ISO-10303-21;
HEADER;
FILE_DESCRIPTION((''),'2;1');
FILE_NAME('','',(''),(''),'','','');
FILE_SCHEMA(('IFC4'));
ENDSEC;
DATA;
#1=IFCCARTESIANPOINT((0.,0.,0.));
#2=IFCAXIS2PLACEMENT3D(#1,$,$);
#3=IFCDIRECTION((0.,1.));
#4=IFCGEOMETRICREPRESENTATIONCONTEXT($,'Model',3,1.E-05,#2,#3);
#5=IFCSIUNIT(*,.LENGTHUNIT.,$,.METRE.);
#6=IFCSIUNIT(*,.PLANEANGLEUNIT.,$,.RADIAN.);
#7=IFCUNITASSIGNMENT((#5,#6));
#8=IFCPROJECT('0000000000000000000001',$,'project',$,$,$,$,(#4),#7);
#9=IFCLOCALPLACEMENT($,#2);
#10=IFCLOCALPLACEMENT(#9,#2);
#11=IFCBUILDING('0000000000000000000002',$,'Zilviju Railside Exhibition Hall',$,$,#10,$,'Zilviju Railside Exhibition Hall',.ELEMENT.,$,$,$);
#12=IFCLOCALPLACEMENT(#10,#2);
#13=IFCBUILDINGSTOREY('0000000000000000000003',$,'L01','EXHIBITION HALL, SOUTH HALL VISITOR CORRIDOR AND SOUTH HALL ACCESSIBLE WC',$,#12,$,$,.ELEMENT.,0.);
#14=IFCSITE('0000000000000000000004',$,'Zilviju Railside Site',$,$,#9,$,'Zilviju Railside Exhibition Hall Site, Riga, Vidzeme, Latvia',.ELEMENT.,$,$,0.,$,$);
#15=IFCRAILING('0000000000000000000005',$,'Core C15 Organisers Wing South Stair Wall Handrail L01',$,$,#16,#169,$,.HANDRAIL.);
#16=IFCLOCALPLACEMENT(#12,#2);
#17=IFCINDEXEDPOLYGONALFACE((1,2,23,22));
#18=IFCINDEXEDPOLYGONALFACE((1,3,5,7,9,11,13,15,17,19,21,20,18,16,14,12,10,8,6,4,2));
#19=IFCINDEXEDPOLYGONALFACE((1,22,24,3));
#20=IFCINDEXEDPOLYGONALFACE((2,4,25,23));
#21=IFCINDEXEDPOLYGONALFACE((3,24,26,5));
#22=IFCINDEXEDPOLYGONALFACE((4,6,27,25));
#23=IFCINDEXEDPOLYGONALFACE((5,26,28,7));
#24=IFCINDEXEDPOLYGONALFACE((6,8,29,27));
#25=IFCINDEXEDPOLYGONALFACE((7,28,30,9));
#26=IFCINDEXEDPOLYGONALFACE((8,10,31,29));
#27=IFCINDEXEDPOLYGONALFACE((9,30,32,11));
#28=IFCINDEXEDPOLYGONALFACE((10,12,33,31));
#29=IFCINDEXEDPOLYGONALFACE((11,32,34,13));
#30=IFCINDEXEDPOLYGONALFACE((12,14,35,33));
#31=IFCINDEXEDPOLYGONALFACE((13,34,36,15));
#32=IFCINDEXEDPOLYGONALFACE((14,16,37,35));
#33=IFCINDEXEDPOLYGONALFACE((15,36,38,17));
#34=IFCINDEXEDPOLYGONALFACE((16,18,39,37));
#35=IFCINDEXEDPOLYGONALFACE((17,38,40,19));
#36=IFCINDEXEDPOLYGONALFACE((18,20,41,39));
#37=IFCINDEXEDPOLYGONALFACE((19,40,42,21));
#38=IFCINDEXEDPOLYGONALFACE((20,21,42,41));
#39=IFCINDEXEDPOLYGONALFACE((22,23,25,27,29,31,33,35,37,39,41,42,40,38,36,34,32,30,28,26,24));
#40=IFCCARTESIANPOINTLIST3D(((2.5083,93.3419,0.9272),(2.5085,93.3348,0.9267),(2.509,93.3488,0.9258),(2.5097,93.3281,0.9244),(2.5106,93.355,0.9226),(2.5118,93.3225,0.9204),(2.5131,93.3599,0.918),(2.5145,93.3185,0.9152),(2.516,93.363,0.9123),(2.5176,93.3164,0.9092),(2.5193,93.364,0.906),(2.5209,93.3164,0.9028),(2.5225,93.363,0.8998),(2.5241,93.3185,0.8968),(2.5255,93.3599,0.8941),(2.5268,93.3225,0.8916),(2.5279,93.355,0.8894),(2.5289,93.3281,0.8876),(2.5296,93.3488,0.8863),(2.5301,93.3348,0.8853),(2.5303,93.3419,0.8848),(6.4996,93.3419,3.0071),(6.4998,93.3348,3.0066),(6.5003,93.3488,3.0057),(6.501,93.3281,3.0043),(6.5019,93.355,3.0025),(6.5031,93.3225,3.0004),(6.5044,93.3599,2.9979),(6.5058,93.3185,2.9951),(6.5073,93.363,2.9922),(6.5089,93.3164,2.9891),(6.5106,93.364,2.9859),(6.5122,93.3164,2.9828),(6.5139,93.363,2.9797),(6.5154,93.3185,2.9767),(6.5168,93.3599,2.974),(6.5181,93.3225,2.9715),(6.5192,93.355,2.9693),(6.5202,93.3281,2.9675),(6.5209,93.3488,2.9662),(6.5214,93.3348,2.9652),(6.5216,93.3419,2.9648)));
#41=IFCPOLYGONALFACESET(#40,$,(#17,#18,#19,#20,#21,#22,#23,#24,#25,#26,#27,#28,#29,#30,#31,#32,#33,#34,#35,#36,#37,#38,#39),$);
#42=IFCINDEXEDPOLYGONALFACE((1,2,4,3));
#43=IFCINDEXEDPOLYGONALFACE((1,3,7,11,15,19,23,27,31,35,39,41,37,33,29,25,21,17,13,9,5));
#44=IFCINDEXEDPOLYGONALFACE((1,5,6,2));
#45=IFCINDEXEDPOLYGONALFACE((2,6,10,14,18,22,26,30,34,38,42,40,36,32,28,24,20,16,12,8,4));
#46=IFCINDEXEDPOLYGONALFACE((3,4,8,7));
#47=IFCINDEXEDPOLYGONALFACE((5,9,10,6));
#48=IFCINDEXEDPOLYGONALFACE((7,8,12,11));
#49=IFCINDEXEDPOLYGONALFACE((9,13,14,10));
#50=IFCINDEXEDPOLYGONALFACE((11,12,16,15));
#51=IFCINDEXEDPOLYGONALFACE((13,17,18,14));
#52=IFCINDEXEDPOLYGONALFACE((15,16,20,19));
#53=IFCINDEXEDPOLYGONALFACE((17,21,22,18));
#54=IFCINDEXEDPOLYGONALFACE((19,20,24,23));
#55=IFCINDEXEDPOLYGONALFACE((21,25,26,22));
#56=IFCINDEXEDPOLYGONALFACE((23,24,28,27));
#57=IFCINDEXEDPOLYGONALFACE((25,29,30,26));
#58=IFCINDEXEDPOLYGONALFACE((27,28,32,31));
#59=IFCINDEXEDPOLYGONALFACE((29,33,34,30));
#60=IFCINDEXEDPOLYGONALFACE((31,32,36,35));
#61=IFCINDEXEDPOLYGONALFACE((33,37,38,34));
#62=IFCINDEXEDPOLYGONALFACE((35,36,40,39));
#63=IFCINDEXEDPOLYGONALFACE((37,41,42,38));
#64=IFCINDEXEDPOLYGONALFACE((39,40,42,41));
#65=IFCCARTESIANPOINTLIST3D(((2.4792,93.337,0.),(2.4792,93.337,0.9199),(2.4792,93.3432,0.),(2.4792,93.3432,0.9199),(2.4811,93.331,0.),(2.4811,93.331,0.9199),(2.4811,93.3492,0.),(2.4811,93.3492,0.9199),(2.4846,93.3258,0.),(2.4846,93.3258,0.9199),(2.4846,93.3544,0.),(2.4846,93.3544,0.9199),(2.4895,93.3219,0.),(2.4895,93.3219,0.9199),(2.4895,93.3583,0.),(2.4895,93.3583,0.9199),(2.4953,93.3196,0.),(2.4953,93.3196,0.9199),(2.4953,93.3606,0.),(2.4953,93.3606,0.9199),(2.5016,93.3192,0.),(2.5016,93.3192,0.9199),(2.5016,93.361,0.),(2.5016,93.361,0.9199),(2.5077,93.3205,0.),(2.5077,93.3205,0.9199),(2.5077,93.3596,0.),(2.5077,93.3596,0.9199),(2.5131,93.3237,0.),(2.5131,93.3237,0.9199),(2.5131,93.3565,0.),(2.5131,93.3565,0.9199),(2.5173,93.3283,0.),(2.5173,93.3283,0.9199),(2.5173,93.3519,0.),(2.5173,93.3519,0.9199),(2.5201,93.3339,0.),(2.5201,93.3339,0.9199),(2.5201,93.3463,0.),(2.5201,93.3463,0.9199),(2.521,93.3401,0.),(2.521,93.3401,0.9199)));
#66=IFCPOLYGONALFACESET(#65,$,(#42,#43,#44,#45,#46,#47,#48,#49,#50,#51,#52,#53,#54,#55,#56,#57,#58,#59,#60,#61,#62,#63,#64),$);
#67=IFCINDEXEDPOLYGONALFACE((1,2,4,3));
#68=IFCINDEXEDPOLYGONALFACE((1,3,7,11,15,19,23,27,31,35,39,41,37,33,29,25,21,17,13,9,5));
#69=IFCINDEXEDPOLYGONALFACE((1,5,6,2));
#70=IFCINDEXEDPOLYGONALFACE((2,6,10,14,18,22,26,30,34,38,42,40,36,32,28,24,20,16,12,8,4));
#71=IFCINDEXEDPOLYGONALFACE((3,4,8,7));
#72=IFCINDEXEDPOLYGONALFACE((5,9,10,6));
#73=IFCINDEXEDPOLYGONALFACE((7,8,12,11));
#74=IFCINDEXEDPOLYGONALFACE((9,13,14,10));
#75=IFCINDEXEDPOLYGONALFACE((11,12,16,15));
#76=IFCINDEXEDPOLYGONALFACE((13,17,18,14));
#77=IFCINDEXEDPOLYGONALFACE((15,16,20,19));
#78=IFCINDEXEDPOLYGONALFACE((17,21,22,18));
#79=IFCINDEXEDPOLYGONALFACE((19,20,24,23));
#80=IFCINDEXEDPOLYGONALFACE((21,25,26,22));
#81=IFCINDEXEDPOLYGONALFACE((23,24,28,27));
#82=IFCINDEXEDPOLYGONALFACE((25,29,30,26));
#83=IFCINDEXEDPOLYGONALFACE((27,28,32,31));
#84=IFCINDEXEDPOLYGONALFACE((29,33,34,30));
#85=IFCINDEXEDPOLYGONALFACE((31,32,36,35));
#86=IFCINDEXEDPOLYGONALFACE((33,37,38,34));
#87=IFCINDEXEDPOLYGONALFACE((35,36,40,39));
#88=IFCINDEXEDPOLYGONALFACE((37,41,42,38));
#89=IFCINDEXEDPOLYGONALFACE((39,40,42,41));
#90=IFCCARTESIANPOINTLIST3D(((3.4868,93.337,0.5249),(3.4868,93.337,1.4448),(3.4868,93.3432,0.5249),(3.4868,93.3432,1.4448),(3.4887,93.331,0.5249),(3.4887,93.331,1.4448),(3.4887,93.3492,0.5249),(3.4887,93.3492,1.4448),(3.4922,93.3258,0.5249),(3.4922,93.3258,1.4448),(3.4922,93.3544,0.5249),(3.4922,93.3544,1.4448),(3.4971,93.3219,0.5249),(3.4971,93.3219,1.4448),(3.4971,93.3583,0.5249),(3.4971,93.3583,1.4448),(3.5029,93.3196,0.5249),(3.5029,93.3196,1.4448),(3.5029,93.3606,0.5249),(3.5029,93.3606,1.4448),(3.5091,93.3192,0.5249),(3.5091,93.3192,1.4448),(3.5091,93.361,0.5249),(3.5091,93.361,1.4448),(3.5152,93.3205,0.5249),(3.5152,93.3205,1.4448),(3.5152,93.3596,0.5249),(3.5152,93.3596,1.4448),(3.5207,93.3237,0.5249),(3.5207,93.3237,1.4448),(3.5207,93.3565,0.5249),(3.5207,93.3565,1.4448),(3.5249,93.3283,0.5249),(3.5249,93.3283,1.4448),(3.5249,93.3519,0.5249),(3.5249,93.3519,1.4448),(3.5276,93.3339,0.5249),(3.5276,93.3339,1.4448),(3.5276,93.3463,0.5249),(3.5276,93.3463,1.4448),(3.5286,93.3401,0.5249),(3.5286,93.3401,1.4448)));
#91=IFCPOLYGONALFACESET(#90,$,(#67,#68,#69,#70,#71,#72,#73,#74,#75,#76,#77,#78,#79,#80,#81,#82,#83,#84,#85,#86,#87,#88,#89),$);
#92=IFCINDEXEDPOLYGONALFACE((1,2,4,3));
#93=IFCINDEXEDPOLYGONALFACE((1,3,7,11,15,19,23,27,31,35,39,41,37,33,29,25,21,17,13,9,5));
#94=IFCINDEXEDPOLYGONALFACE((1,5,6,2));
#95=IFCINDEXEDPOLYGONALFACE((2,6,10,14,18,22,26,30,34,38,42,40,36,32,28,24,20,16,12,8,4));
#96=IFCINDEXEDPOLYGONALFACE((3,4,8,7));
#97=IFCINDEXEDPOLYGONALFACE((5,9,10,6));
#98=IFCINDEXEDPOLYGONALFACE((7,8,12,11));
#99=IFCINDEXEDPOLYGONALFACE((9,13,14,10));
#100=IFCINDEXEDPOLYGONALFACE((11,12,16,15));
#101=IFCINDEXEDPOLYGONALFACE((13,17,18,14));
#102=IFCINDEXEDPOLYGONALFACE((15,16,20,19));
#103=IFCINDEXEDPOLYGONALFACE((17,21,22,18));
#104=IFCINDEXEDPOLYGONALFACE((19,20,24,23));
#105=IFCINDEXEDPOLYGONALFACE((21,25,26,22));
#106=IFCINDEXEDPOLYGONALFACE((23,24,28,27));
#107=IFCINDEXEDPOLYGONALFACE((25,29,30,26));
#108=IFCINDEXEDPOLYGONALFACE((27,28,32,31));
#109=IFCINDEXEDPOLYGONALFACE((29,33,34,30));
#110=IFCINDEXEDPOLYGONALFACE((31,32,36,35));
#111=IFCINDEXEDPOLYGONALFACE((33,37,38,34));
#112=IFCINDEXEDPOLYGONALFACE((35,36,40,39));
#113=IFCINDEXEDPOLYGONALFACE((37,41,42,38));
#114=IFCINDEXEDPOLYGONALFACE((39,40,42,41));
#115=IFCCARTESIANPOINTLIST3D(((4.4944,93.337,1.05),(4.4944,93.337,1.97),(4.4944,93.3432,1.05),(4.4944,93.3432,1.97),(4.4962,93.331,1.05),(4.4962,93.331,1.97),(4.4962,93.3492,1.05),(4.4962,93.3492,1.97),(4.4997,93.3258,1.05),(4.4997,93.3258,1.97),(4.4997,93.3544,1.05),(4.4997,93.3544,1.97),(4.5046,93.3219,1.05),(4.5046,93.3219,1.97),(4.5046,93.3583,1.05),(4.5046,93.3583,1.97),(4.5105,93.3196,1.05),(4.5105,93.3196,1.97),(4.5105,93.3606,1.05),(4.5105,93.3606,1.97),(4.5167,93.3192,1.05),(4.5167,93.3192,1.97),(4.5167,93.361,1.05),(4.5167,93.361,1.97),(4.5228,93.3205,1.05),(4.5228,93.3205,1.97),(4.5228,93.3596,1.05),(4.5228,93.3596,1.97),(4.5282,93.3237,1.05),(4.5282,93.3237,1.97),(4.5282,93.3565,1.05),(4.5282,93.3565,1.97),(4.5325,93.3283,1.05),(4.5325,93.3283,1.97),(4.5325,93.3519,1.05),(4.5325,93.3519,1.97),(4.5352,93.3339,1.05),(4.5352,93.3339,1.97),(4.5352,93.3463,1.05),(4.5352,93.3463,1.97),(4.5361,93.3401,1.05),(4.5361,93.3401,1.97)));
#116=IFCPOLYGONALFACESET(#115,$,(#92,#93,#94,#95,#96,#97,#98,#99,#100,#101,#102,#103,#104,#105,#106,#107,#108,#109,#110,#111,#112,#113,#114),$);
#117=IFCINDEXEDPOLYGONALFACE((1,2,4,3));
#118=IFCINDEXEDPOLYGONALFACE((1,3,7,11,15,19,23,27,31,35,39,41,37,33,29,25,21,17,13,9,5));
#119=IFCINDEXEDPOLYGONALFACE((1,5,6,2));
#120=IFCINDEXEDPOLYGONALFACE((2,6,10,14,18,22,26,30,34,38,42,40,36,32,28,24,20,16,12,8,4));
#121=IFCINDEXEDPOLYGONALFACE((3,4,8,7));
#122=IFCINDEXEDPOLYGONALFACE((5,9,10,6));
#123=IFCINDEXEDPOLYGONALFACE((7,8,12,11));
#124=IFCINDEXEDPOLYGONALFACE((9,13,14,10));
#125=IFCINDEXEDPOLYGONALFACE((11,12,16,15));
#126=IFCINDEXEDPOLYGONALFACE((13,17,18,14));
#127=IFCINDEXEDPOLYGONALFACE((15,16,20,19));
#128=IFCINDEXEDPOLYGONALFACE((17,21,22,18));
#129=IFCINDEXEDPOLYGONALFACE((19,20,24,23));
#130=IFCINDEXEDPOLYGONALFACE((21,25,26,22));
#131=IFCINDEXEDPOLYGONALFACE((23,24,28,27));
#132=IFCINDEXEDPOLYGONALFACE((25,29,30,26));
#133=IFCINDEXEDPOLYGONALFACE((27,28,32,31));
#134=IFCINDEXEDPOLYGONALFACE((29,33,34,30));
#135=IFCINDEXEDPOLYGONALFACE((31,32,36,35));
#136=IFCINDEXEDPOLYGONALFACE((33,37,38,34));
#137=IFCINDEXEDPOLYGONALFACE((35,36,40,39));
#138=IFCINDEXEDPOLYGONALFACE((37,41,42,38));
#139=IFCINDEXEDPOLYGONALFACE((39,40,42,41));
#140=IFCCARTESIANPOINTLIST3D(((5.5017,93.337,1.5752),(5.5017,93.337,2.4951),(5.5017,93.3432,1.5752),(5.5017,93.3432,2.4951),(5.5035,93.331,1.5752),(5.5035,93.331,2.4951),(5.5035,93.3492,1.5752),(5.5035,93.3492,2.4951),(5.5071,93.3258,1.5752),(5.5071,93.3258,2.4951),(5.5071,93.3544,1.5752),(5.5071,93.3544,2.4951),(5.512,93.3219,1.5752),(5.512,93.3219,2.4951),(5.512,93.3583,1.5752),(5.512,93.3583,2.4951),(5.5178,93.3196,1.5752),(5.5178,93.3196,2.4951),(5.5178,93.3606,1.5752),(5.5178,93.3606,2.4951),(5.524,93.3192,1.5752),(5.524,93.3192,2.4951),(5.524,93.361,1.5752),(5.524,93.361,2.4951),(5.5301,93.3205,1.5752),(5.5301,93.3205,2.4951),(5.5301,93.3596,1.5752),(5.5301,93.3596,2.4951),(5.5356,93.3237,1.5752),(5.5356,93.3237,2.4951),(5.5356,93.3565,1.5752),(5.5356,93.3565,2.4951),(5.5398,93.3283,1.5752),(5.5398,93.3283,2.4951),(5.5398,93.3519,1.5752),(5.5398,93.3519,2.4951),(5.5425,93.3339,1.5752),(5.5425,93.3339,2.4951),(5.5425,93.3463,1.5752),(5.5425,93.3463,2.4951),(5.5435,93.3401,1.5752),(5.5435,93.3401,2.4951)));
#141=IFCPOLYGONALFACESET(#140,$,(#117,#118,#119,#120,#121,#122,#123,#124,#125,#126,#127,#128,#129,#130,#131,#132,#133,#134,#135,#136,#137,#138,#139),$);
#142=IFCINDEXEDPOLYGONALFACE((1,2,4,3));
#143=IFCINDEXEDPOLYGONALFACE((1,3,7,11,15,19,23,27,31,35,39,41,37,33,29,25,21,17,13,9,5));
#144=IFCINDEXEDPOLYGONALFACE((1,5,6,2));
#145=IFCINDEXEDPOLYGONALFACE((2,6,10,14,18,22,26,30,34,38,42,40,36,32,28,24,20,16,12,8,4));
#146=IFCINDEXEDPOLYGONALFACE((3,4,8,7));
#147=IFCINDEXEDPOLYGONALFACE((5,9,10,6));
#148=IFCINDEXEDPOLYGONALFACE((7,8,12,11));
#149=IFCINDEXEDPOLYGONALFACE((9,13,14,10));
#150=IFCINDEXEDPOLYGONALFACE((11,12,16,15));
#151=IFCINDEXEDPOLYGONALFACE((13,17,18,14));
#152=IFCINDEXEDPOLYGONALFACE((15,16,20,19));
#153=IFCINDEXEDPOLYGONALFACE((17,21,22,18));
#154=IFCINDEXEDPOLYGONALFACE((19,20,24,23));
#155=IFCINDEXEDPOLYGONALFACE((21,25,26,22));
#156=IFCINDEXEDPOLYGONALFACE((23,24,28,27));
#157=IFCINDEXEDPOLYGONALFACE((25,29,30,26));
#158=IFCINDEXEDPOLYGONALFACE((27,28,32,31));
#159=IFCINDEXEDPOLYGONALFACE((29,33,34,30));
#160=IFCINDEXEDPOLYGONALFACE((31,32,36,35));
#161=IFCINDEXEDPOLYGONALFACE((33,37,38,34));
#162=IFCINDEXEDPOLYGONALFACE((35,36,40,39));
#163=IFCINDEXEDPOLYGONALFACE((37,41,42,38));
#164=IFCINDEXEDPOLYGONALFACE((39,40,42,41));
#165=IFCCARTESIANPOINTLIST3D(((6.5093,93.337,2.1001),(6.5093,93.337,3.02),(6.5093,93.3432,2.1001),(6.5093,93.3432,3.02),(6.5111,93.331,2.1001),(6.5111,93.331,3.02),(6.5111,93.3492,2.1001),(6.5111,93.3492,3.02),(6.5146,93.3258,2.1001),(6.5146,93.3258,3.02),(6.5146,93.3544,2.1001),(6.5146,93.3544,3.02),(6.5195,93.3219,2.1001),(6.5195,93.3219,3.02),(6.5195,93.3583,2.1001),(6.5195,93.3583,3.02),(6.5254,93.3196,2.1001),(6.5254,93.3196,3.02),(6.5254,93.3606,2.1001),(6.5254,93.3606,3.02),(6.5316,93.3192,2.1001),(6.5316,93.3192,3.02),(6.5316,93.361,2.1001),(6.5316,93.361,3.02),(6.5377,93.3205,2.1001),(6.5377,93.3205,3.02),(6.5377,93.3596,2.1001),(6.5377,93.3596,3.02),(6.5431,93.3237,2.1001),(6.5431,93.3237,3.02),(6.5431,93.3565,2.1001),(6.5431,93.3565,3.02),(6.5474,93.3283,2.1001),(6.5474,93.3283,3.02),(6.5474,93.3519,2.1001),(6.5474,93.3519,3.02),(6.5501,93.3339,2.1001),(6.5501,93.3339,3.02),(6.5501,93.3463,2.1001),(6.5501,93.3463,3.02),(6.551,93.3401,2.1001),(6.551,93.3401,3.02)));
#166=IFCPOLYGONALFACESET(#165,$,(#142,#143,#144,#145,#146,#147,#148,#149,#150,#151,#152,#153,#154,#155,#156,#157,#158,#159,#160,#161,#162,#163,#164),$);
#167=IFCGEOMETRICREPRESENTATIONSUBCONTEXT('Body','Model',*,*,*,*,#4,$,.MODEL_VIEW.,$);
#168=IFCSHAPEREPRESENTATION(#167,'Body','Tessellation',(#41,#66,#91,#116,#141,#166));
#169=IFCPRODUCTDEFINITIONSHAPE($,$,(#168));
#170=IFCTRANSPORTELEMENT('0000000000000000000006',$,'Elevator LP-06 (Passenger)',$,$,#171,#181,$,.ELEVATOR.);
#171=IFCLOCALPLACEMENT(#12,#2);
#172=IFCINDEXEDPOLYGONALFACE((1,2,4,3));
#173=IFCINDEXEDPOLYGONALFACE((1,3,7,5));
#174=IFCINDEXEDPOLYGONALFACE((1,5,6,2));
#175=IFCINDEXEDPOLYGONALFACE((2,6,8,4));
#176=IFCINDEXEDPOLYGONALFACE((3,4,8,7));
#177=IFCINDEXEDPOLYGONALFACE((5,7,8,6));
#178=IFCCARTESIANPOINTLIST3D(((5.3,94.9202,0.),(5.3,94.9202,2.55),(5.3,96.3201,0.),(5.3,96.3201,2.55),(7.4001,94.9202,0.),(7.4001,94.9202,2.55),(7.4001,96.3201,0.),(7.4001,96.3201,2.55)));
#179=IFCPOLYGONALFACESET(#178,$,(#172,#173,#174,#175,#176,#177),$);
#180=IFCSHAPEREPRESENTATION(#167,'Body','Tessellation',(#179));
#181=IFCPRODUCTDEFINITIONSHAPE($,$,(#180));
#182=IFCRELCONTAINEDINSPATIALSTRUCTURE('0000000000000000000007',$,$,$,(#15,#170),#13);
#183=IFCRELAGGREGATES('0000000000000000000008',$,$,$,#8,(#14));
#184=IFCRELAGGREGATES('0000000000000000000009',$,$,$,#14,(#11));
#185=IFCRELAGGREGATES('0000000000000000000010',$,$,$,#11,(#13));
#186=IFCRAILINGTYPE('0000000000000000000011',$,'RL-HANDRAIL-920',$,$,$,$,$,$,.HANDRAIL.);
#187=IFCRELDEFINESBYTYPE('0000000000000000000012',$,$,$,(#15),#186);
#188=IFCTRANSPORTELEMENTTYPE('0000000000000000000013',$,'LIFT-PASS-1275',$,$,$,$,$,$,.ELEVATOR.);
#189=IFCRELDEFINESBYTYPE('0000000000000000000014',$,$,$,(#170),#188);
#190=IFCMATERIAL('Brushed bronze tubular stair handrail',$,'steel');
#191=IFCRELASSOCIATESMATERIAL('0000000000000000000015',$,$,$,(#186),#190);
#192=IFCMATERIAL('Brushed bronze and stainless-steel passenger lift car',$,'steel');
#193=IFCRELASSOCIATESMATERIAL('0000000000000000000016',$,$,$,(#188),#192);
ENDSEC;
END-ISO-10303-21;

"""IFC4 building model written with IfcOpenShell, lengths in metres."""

from ifc_helpers import new_model, si_unit, direction, frame, origin, origin_2d, place, context, subcontext, project, spatial, rectangle, circle, extrude, material, type_object, element, save


model = new_model("IFC4")

# Units and contexts
model_context = context("Model", 3, precision=1e-05, world=origin(), true_north=direction((0.0, 1.0)))
body_context = subcontext(model_context, "Body", "Model", "MODEL_VIEW")
ifc_project = project(units=[si_unit("LENGTHUNIT", "METRE"), si_unit("PLANEANGLEUNIT", "RADIAN")], contexts=[model_context])

# Site, building, storey
site_placement = place(None, origin())
site = spatial("IfcSite", under=ifc_project, at=site_placement, Name="Zilviju Railside Site", LongName="Zilviju Railside Exhibition Hall Site, Riga, Vidzeme, Latvia", CompositionType="ELEMENT", RefElevation=0.0)
building_placement = place(site_placement, origin())
building = spatial("IfcBuilding", under=site, at=building_placement, Name="Zilviju Railside Exhibition Hall", LongName="Zilviju Railside Exhibition Hall", CompositionType="ELEMENT")
storey_placement = place(building_placement, origin())
storey = spatial("IfcBuildingStorey", under=building, at=storey_placement, Name="L01", Description="EXHIBITION HALL, SOUTH HALL VISITOR CORRIDOR AND SOUTH HALL ACCESSIBLE WC", CompositionType="ELEMENT", Elevation=0.0)

# Railing
ifc_material_1 = material(Name="Brushed bronze tubular stair handrail", Category="steel")
railing_type = type_object("IfcRailingType", Name="RL-HANDRAIL-920", PredefinedType="HANDRAIL", material=ifc_material_1)
railing_placement = place(storey_placement, frame((2.5, 93.3401, 0.0)))
element("IfcRailing", 1, at=railing_placement, inside=storey, type_object=railing_type, Name="Core C15 Organisers Wing South Stair Wall Handrail L01", PredefinedType="HANDRAIL", context=body_context, shape_type="SweptSolid", body=[
    extrude(circle(Radius=0.0239, at=origin_2d()), frame((0.0193, 0.0, 0.906), z_axis=(0.886813, 0.0, 0.462129), x_axis=(0.0, 1.0, 0.0)), (0.0, 0.0, 1.0), 4.5007),
    extrude(circle(Radius=0.021, at=origin_2d()), origin(), (0.0, 0.0, 1.0), 0.9199),
    extrude(circle(Radius=0.021, at=origin_2d()), frame((1.0076, 0.0, 0.5249)), (0.0, 0.0, 1.0), 0.9199),
    extrude(circle(Radius=0.021, at=origin_2d()), frame((2.0151, 0.0, 1.05)), (0.0, 0.0, 1.0), 0.9199),
    extrude(circle(Radius=0.021, at=origin_2d()), frame((3.0225, 0.0, 1.5752)), (0.0, 0.0, 1.0), 0.9199),
    extrude(circle(Radius=0.021, at=origin_2d()), frame((4.03, 0.0, 2.1001)), (0.0, 0.0, 1.0), 0.9199),
])

# Transport element
ifc_material_2 = material(Name="Brushed bronze and stainless-steel passenger lift car", Category="steel")
transport_element_type = type_object("IfcTransportElementType", Name="LIFT-PASS-1275", PredefinedType="ELEVATOR", material=ifc_material_2)
transport_element_placement = place(storey_placement, frame((6.3501, 95.6201, 0.0), z_axis=(0.0, 0.0, 1.0), x_axis=(0.0, 1.0, 0.0)))
element("IfcTransportElement", 2, at=transport_element_placement, inside=storey, type_object=transport_element_type, Name="Elevator LP-06 (Passenger)", PredefinedType="ELEVATOR", context=body_context, shape_type="SweptSolid", body=[
    extrude(rectangle(XDim=1.3999, YDim=2.1001, at=origin_2d()), origin(), (0.0, 0.0, 1.0), 2.55),
])

save(model, "model.ifc")
